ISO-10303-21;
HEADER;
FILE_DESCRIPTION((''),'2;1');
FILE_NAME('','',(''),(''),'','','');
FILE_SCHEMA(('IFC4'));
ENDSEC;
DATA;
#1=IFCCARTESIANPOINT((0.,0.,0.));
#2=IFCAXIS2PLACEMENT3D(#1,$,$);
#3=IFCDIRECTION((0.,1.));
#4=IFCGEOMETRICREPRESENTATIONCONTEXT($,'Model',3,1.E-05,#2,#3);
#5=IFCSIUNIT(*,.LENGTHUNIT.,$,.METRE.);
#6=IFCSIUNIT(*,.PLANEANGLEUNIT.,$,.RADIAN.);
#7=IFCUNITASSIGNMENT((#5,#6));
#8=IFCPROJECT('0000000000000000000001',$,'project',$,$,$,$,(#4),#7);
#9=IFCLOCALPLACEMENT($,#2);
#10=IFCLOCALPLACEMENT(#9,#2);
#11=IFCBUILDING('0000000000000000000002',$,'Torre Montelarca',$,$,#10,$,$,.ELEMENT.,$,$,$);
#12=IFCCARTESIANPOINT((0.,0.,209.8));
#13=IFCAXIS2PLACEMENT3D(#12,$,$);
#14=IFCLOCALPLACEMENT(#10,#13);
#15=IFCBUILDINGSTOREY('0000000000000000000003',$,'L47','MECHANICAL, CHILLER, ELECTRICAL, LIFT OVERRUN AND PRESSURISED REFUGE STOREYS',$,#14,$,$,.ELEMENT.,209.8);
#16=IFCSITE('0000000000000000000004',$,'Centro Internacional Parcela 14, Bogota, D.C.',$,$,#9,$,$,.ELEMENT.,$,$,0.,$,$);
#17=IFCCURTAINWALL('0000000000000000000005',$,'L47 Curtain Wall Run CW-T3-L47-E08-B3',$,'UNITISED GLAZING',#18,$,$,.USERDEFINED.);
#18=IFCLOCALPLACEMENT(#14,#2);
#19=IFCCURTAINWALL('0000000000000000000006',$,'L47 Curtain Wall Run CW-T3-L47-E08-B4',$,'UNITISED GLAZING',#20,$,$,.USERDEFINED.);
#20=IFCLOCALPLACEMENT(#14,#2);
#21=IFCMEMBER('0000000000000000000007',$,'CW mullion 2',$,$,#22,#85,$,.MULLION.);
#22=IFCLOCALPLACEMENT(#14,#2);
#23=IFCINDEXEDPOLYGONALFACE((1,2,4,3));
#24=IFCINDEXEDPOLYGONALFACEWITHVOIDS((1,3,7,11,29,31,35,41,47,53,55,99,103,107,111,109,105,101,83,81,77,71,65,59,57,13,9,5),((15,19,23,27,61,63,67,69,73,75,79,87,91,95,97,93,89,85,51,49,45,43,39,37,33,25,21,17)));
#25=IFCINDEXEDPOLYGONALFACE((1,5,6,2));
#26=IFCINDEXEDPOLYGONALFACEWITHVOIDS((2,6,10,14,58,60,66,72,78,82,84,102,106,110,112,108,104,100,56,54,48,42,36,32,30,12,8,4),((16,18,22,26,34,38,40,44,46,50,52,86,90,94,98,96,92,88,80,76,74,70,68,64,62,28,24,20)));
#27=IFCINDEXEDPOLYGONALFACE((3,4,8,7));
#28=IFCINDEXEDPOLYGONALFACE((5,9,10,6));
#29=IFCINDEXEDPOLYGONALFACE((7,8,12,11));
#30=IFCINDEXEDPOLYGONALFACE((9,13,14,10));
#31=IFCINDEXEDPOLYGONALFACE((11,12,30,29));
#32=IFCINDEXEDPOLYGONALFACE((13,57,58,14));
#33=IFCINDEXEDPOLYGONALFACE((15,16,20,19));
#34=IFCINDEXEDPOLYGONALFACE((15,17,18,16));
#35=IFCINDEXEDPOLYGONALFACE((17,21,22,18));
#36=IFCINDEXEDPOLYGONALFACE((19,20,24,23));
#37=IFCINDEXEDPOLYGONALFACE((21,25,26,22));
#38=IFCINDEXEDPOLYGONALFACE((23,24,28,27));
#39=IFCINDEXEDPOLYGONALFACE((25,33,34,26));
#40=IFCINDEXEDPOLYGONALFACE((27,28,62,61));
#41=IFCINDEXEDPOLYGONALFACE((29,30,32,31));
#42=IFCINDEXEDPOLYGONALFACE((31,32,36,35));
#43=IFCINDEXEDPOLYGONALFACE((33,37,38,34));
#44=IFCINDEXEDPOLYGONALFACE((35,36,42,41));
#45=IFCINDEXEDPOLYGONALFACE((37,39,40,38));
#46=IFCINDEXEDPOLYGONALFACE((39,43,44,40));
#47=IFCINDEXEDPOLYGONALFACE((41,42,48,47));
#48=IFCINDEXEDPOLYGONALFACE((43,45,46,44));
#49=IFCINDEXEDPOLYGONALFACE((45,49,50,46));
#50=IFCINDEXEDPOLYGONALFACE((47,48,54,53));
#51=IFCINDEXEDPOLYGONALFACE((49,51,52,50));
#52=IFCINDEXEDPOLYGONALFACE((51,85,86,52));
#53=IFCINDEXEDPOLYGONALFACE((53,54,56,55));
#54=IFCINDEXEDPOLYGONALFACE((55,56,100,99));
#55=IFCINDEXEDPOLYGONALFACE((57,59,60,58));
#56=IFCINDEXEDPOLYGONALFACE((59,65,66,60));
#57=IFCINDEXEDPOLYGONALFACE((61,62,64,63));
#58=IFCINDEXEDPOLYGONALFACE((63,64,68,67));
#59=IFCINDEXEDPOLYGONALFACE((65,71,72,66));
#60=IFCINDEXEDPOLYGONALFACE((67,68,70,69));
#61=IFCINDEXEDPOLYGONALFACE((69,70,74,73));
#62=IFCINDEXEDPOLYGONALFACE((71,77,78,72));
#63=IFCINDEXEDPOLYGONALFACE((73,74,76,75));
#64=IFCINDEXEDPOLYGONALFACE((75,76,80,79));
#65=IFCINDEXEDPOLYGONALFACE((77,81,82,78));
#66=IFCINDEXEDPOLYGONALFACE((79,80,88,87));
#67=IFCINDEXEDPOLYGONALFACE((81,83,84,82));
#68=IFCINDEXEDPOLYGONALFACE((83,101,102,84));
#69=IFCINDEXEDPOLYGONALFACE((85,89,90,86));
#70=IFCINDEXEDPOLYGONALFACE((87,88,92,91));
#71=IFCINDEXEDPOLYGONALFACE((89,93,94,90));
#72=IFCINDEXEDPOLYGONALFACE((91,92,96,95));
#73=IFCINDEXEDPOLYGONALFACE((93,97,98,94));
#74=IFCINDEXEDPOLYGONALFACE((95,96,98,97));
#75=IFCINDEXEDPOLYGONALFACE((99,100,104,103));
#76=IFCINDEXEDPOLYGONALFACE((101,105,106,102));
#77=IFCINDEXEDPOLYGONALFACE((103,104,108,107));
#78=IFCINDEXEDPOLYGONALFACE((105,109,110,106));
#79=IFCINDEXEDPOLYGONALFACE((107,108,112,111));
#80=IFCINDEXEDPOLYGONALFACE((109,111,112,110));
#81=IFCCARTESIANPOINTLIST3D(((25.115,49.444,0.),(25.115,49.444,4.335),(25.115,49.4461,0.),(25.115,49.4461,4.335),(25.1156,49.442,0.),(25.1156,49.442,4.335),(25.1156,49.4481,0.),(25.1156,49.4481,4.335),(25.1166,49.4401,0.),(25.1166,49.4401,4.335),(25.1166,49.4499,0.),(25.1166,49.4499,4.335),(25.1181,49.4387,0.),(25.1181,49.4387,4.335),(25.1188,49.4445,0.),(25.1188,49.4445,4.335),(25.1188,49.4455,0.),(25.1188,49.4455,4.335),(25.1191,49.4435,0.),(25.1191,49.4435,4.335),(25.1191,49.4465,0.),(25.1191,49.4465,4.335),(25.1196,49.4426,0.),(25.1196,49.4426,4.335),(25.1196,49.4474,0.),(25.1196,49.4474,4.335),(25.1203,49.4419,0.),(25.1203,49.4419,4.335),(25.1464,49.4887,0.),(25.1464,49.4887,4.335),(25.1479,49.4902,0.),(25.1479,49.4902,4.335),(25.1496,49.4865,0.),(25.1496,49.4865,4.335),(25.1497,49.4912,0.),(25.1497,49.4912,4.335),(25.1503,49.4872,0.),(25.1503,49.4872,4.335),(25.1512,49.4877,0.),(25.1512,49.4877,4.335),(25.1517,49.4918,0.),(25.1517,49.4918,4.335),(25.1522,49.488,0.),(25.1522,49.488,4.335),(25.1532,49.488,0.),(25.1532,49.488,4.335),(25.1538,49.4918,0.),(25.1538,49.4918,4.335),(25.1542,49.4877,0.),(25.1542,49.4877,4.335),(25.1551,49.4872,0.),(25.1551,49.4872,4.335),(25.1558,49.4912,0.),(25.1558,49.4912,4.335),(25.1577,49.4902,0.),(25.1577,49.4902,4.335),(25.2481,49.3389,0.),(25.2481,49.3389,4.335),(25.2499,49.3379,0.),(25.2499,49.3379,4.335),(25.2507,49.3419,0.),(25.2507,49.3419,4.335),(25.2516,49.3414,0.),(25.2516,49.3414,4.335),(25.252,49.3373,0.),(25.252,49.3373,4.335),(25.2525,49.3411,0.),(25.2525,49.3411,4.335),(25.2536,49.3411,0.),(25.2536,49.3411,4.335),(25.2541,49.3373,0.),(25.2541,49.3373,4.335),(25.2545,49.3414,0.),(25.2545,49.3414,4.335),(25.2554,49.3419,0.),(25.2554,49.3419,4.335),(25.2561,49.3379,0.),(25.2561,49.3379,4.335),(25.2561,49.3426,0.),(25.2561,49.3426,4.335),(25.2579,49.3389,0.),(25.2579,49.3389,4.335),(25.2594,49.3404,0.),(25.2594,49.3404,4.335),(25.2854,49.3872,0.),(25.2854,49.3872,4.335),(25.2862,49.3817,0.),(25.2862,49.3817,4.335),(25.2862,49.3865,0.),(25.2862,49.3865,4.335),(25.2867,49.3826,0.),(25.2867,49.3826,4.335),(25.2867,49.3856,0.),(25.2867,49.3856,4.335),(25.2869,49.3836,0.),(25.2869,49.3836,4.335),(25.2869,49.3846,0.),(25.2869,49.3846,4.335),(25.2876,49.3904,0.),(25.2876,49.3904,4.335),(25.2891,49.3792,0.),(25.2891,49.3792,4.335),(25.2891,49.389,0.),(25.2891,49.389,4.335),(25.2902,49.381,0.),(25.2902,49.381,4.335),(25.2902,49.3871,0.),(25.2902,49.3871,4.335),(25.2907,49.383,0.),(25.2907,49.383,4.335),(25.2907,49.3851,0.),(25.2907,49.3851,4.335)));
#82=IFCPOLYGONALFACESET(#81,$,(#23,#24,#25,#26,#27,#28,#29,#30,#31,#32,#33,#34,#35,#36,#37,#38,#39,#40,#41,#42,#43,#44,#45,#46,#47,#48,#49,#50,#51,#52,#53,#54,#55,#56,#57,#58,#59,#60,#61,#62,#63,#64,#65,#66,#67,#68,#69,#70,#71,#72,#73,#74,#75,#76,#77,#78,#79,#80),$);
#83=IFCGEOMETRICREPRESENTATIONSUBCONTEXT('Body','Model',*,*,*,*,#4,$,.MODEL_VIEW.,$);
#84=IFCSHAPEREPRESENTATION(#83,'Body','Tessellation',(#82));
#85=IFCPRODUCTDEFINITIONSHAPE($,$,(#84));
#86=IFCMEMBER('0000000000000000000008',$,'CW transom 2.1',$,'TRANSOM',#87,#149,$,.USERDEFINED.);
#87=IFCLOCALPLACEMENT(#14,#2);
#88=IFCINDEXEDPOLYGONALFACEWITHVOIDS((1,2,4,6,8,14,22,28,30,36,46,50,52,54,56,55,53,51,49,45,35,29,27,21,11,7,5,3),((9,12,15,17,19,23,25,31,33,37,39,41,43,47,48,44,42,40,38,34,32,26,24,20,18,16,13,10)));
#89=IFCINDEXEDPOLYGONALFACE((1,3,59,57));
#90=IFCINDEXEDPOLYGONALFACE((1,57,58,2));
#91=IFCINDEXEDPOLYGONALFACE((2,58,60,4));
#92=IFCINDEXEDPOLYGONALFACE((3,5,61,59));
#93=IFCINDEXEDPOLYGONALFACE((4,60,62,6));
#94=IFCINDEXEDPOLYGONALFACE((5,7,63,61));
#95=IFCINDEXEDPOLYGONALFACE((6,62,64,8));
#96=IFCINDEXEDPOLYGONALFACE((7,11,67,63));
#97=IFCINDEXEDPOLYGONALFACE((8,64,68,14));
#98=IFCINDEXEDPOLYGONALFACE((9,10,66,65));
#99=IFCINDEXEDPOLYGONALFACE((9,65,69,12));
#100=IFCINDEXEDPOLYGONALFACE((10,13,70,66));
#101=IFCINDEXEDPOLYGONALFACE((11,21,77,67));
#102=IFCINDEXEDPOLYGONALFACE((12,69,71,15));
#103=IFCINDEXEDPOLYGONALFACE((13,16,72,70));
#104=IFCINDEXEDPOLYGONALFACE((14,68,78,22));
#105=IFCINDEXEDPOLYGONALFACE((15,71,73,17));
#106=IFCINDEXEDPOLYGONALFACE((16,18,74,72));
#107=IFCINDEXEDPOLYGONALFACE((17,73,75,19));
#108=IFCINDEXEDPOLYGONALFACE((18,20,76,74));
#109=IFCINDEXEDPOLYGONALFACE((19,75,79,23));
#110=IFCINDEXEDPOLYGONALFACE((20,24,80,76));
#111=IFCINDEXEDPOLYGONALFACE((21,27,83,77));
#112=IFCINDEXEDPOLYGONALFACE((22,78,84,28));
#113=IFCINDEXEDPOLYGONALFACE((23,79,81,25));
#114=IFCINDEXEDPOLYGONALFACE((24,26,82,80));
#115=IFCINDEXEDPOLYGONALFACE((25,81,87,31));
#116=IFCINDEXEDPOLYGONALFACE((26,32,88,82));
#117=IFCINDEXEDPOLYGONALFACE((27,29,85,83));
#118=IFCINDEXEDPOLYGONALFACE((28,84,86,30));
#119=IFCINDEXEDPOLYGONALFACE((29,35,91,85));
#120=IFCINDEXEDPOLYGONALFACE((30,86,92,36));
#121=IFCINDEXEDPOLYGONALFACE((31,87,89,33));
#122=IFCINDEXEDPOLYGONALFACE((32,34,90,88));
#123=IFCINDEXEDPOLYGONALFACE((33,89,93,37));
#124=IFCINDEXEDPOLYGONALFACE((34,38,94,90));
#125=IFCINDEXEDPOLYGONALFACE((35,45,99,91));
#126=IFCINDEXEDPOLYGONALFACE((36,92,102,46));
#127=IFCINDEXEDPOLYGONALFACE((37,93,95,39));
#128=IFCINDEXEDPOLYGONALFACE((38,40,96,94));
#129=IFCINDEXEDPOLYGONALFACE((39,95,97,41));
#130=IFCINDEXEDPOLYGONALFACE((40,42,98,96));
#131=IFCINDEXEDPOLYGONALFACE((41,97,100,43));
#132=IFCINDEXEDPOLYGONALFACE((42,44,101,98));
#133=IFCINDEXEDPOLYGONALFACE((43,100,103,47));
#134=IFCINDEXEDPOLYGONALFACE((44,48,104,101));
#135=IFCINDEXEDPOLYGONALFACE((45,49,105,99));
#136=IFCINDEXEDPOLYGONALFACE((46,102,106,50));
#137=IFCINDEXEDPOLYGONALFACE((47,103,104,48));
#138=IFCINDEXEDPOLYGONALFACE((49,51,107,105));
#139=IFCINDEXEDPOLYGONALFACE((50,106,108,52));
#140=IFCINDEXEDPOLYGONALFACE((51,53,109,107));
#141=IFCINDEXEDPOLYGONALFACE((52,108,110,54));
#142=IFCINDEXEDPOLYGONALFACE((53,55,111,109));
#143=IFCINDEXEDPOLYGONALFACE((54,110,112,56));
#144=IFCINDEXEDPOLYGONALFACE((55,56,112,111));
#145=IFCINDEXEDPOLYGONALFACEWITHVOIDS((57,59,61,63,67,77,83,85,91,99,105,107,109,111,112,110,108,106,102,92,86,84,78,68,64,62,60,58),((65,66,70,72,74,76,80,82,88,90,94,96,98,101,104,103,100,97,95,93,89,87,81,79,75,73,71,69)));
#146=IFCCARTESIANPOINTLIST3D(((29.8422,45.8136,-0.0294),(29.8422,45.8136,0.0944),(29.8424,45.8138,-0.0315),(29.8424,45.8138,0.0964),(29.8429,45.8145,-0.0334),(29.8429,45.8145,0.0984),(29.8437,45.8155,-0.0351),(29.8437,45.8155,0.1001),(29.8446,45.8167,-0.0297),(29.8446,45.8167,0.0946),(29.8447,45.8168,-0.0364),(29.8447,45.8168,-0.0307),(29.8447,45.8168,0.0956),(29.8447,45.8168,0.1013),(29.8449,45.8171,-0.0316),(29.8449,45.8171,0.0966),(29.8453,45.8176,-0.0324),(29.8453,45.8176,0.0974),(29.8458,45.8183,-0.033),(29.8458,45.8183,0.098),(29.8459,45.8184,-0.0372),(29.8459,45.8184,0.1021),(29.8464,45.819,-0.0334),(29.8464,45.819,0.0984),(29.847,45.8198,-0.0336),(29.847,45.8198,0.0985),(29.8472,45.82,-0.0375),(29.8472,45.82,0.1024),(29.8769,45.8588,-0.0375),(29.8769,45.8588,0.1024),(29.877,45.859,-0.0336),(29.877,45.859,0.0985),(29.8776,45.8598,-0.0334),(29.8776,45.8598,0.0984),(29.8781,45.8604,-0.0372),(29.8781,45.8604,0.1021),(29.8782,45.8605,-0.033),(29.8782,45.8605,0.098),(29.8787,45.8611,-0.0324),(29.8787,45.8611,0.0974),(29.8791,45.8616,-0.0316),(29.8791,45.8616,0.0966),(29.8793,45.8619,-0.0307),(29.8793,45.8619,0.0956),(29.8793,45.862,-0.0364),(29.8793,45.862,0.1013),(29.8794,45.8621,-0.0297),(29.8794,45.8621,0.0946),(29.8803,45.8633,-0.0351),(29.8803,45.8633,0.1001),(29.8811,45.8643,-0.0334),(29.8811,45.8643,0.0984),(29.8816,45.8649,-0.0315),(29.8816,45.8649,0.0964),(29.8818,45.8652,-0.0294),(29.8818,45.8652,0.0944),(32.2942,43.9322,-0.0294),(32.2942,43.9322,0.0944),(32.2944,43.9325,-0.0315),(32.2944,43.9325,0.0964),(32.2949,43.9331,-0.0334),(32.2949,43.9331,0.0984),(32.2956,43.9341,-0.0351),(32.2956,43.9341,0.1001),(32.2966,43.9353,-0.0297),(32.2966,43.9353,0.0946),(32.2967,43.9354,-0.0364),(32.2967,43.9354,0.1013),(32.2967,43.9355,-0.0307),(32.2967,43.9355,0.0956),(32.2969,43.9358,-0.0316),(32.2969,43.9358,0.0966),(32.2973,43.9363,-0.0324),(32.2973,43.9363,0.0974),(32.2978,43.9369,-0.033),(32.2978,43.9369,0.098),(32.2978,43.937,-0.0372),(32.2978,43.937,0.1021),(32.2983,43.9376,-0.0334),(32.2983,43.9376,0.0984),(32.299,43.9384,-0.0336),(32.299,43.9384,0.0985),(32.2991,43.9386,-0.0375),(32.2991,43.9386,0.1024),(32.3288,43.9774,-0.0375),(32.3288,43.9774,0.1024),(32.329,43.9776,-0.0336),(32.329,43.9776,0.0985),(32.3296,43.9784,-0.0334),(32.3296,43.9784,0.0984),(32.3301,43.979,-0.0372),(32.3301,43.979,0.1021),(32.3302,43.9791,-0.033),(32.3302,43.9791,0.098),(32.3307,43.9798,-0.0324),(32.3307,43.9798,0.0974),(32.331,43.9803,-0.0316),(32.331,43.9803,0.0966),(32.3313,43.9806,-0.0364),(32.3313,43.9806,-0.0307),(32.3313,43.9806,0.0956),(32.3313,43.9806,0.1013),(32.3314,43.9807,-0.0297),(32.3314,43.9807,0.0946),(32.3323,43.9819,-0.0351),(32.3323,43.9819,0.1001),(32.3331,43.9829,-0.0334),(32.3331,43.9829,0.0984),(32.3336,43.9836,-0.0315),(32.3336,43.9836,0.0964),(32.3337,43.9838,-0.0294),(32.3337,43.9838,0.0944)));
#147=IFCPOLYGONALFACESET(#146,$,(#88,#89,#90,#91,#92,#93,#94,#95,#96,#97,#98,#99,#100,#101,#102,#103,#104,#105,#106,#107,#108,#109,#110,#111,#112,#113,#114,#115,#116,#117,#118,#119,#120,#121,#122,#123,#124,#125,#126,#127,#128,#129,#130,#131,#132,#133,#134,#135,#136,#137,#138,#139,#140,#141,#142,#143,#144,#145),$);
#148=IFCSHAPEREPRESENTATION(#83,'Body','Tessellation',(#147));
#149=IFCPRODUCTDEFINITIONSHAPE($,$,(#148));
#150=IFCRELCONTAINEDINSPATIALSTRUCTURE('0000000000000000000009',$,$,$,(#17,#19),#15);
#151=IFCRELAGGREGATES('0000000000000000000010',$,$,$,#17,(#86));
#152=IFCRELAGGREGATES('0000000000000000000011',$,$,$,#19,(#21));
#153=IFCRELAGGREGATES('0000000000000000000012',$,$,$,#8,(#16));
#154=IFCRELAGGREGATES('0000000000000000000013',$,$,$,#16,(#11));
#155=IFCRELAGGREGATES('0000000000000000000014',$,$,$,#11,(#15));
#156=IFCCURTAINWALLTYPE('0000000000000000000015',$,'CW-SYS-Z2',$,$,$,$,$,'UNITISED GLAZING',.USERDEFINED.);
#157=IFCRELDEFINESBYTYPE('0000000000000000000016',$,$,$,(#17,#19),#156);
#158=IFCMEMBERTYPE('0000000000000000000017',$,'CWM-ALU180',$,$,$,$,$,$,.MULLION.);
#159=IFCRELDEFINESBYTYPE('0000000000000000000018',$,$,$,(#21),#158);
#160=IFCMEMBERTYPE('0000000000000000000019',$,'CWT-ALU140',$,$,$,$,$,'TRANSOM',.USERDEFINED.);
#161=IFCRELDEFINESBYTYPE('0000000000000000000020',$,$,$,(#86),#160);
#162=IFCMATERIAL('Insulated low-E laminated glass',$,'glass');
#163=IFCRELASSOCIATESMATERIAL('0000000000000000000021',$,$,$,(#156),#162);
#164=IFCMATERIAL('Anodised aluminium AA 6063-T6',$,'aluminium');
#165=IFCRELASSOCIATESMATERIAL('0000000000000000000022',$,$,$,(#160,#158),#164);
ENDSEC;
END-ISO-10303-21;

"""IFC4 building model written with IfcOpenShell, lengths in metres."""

from ifc_helpers import new_model, si_unit, direction, frame, origin, origin_2d, place, context, subcontext, project, spatial, hollow_rectangle, extrude, source, transform, mapped, material, material_profile, profile_set, type_object, element, aggregate, save


model = new_model("IFC4")

# Units and contexts
model_context = context("Model", 3, precision=1e-05, world=origin(), true_north=direction((0.0, 1.0)))
body_context = subcontext(model_context, "Body", "Model", "MODEL_VIEW")
ifc_project = project(units=[si_unit("LENGTHUNIT", "METRE"), si_unit("PLANEANGLEUNIT", "RADIAN")], contexts=[model_context])

# Site, building, storey
site_placement = place(None, origin())
site = spatial("IfcSite", under=ifc_project, at=site_placement, Name="Centro Internacional Parcela 14, Bogota, D.C.", CompositionType="ELEMENT", RefElevation=0.0)
building_placement = place(site_placement, origin())
building = spatial("IfcBuilding", under=site, at=building_placement, Name="Torre Montelarca", CompositionType="ELEMENT")
storey_placement = place(building_placement, frame((0.0, 0.0, 209.8)))
storey = spatial("IfcBuildingStorey", under=building, at=storey_placement, Name="L47", Description="MECHANICAL, CHILLER, ELECTRICAL, LIFT OVERRUN AND PRESSURISED REFUGE STOREYS", CompositionType="ELEMENT", Elevation=209.8)

# Curtain walls
ifc_material_1 = material(Name="Insulated low-E laminated glass", Category="glass")
curtain_wall_type = type_object("IfcCurtainWallType", Name="CW-SYS-Z2", ElementType="UNITISED GLAZING", PredefinedType="USERDEFINED", material=ifc_material_1)
curtain_wall_1_placement = place(storey_placement, origin())
curtain_wall_1 = element("IfcCurtainWall", 1, at=curtain_wall_1_placement, inside=storey, type_object=curtain_wall_type, Name="L47 Curtain Wall Run CW-T3-L47-E08-B3", ObjectType="UNITISED GLAZING", PredefinedType="USERDEFINED")
ifc_material_2 = material(Name="Anodised aluminium AA 6063-T6", Category="aluminium")
ifc_material_profile_1 = material_profile(ifc_material_2, hollow_rectangle(XDim=0.0649, YDim=0.1399, WallThickness=0.0039, InnerFilletRadius=0.0039, OuterFilletRadius=0.0081, at=origin_2d()), Name="ALU65X140X4", Category="aluminium")
ifc_profile_set_1 = profile_set([ifc_material_profile_1], Name="Anodised aluminium AA 6063-T6")
member_type_1 = type_object("IfcMemberType", Name="CWT-ALU140", ElementType="TRANSOM", PredefinedType="USERDEFINED", material=ifc_profile_set_1)
curtain_wall_2_placement = place(storey_placement, origin())
curtain_wall_2 = element("IfcCurtainWall", 2, at=curtain_wall_2_placement, inside=storey, type_object=curtain_wall_type, Name="L47 Curtain Wall Run CW-T3-L47-E08-B4", ObjectType="UNITISED GLAZING", PredefinedType="USERDEFINED")

# Members
ifc_material_profile_2 = material_profile(ifc_material_2, hollow_rectangle(XDim=0.0649, YDim=0.1799, WallThickness=0.0039, InnerFilletRadius=0.0039, OuterFilletRadius=0.0081, at=origin_2d()), Name="ALU65X180X4", Category="aluminium")
ifc_profile_set_2 = profile_set([ifc_material_profile_2], Name="Anodised aluminium AA 6063-T6")
member_type_2 = type_object("IfcMemberType", Name="CWM-ALU180", PredefinedType="MULLION", material=ifc_profile_set_2)
shared_shape_1 = source(origin(), body_context, "Body", "SweptSolid", [
    extrude(hollow_rectangle(XDim=0.0649, YDim=0.1799, WallThickness=0.0039, InnerFilletRadius=0.0039, OuterFilletRadius=0.0081, at=origin_2d()), origin(), (0.0, 0.0, 1.0), 4.335),
])
member_1_placement = place(storey_placement, frame((25.2029, 49.4146, 0.0), z_axis=(0.0, 0.0, 1.0), x_axis=(-0.608756, -0.793357, 0.0)))
member_1 = element("IfcMember", 3, at=member_1_placement, type_object=member_type_2, Name="CW mullion 2", PredefinedType="MULLION", context=body_context, shape_type="MappedRepresentation", body=[
    mapped(shared_shape_1, transform((0.0, 0.0, 0.0), scale=1.0)),
])
shared_shape_2 = source(origin(), body_context, "Body", "SweptSolid", [
    extrude(hollow_rectangle(XDim=0.0649, YDim=0.1399, WallThickness=0.0039, InnerFilletRadius=0.0039, OuterFilletRadius=0.0081, at=origin_2d()), origin(), (0.0, 0.0, 1.0), 3.0906),
])
member_2_placement = place(storey_placement, frame((32.314, 43.958, 0.0325), z_axis=(-0.793363, 0.608748, 0.0), x_axis=(-0.608748, -0.793363, 0.0)))
member_2 = element("IfcMember", 4, at=member_2_placement, type_object=member_type_1, Name="CW transom 2.1", ObjectType="TRANSOM", PredefinedType="USERDEFINED", context=body_context, shape_type="MappedRepresentation", body=[
    mapped(shared_shape_2, transform((0.0, 0.0, 0.0), scale=1.0)),
])

aggregate(curtain_wall_1, [member_2])
aggregate(curtain_wall_2, [member_1])

save(model, "model.ifc")
